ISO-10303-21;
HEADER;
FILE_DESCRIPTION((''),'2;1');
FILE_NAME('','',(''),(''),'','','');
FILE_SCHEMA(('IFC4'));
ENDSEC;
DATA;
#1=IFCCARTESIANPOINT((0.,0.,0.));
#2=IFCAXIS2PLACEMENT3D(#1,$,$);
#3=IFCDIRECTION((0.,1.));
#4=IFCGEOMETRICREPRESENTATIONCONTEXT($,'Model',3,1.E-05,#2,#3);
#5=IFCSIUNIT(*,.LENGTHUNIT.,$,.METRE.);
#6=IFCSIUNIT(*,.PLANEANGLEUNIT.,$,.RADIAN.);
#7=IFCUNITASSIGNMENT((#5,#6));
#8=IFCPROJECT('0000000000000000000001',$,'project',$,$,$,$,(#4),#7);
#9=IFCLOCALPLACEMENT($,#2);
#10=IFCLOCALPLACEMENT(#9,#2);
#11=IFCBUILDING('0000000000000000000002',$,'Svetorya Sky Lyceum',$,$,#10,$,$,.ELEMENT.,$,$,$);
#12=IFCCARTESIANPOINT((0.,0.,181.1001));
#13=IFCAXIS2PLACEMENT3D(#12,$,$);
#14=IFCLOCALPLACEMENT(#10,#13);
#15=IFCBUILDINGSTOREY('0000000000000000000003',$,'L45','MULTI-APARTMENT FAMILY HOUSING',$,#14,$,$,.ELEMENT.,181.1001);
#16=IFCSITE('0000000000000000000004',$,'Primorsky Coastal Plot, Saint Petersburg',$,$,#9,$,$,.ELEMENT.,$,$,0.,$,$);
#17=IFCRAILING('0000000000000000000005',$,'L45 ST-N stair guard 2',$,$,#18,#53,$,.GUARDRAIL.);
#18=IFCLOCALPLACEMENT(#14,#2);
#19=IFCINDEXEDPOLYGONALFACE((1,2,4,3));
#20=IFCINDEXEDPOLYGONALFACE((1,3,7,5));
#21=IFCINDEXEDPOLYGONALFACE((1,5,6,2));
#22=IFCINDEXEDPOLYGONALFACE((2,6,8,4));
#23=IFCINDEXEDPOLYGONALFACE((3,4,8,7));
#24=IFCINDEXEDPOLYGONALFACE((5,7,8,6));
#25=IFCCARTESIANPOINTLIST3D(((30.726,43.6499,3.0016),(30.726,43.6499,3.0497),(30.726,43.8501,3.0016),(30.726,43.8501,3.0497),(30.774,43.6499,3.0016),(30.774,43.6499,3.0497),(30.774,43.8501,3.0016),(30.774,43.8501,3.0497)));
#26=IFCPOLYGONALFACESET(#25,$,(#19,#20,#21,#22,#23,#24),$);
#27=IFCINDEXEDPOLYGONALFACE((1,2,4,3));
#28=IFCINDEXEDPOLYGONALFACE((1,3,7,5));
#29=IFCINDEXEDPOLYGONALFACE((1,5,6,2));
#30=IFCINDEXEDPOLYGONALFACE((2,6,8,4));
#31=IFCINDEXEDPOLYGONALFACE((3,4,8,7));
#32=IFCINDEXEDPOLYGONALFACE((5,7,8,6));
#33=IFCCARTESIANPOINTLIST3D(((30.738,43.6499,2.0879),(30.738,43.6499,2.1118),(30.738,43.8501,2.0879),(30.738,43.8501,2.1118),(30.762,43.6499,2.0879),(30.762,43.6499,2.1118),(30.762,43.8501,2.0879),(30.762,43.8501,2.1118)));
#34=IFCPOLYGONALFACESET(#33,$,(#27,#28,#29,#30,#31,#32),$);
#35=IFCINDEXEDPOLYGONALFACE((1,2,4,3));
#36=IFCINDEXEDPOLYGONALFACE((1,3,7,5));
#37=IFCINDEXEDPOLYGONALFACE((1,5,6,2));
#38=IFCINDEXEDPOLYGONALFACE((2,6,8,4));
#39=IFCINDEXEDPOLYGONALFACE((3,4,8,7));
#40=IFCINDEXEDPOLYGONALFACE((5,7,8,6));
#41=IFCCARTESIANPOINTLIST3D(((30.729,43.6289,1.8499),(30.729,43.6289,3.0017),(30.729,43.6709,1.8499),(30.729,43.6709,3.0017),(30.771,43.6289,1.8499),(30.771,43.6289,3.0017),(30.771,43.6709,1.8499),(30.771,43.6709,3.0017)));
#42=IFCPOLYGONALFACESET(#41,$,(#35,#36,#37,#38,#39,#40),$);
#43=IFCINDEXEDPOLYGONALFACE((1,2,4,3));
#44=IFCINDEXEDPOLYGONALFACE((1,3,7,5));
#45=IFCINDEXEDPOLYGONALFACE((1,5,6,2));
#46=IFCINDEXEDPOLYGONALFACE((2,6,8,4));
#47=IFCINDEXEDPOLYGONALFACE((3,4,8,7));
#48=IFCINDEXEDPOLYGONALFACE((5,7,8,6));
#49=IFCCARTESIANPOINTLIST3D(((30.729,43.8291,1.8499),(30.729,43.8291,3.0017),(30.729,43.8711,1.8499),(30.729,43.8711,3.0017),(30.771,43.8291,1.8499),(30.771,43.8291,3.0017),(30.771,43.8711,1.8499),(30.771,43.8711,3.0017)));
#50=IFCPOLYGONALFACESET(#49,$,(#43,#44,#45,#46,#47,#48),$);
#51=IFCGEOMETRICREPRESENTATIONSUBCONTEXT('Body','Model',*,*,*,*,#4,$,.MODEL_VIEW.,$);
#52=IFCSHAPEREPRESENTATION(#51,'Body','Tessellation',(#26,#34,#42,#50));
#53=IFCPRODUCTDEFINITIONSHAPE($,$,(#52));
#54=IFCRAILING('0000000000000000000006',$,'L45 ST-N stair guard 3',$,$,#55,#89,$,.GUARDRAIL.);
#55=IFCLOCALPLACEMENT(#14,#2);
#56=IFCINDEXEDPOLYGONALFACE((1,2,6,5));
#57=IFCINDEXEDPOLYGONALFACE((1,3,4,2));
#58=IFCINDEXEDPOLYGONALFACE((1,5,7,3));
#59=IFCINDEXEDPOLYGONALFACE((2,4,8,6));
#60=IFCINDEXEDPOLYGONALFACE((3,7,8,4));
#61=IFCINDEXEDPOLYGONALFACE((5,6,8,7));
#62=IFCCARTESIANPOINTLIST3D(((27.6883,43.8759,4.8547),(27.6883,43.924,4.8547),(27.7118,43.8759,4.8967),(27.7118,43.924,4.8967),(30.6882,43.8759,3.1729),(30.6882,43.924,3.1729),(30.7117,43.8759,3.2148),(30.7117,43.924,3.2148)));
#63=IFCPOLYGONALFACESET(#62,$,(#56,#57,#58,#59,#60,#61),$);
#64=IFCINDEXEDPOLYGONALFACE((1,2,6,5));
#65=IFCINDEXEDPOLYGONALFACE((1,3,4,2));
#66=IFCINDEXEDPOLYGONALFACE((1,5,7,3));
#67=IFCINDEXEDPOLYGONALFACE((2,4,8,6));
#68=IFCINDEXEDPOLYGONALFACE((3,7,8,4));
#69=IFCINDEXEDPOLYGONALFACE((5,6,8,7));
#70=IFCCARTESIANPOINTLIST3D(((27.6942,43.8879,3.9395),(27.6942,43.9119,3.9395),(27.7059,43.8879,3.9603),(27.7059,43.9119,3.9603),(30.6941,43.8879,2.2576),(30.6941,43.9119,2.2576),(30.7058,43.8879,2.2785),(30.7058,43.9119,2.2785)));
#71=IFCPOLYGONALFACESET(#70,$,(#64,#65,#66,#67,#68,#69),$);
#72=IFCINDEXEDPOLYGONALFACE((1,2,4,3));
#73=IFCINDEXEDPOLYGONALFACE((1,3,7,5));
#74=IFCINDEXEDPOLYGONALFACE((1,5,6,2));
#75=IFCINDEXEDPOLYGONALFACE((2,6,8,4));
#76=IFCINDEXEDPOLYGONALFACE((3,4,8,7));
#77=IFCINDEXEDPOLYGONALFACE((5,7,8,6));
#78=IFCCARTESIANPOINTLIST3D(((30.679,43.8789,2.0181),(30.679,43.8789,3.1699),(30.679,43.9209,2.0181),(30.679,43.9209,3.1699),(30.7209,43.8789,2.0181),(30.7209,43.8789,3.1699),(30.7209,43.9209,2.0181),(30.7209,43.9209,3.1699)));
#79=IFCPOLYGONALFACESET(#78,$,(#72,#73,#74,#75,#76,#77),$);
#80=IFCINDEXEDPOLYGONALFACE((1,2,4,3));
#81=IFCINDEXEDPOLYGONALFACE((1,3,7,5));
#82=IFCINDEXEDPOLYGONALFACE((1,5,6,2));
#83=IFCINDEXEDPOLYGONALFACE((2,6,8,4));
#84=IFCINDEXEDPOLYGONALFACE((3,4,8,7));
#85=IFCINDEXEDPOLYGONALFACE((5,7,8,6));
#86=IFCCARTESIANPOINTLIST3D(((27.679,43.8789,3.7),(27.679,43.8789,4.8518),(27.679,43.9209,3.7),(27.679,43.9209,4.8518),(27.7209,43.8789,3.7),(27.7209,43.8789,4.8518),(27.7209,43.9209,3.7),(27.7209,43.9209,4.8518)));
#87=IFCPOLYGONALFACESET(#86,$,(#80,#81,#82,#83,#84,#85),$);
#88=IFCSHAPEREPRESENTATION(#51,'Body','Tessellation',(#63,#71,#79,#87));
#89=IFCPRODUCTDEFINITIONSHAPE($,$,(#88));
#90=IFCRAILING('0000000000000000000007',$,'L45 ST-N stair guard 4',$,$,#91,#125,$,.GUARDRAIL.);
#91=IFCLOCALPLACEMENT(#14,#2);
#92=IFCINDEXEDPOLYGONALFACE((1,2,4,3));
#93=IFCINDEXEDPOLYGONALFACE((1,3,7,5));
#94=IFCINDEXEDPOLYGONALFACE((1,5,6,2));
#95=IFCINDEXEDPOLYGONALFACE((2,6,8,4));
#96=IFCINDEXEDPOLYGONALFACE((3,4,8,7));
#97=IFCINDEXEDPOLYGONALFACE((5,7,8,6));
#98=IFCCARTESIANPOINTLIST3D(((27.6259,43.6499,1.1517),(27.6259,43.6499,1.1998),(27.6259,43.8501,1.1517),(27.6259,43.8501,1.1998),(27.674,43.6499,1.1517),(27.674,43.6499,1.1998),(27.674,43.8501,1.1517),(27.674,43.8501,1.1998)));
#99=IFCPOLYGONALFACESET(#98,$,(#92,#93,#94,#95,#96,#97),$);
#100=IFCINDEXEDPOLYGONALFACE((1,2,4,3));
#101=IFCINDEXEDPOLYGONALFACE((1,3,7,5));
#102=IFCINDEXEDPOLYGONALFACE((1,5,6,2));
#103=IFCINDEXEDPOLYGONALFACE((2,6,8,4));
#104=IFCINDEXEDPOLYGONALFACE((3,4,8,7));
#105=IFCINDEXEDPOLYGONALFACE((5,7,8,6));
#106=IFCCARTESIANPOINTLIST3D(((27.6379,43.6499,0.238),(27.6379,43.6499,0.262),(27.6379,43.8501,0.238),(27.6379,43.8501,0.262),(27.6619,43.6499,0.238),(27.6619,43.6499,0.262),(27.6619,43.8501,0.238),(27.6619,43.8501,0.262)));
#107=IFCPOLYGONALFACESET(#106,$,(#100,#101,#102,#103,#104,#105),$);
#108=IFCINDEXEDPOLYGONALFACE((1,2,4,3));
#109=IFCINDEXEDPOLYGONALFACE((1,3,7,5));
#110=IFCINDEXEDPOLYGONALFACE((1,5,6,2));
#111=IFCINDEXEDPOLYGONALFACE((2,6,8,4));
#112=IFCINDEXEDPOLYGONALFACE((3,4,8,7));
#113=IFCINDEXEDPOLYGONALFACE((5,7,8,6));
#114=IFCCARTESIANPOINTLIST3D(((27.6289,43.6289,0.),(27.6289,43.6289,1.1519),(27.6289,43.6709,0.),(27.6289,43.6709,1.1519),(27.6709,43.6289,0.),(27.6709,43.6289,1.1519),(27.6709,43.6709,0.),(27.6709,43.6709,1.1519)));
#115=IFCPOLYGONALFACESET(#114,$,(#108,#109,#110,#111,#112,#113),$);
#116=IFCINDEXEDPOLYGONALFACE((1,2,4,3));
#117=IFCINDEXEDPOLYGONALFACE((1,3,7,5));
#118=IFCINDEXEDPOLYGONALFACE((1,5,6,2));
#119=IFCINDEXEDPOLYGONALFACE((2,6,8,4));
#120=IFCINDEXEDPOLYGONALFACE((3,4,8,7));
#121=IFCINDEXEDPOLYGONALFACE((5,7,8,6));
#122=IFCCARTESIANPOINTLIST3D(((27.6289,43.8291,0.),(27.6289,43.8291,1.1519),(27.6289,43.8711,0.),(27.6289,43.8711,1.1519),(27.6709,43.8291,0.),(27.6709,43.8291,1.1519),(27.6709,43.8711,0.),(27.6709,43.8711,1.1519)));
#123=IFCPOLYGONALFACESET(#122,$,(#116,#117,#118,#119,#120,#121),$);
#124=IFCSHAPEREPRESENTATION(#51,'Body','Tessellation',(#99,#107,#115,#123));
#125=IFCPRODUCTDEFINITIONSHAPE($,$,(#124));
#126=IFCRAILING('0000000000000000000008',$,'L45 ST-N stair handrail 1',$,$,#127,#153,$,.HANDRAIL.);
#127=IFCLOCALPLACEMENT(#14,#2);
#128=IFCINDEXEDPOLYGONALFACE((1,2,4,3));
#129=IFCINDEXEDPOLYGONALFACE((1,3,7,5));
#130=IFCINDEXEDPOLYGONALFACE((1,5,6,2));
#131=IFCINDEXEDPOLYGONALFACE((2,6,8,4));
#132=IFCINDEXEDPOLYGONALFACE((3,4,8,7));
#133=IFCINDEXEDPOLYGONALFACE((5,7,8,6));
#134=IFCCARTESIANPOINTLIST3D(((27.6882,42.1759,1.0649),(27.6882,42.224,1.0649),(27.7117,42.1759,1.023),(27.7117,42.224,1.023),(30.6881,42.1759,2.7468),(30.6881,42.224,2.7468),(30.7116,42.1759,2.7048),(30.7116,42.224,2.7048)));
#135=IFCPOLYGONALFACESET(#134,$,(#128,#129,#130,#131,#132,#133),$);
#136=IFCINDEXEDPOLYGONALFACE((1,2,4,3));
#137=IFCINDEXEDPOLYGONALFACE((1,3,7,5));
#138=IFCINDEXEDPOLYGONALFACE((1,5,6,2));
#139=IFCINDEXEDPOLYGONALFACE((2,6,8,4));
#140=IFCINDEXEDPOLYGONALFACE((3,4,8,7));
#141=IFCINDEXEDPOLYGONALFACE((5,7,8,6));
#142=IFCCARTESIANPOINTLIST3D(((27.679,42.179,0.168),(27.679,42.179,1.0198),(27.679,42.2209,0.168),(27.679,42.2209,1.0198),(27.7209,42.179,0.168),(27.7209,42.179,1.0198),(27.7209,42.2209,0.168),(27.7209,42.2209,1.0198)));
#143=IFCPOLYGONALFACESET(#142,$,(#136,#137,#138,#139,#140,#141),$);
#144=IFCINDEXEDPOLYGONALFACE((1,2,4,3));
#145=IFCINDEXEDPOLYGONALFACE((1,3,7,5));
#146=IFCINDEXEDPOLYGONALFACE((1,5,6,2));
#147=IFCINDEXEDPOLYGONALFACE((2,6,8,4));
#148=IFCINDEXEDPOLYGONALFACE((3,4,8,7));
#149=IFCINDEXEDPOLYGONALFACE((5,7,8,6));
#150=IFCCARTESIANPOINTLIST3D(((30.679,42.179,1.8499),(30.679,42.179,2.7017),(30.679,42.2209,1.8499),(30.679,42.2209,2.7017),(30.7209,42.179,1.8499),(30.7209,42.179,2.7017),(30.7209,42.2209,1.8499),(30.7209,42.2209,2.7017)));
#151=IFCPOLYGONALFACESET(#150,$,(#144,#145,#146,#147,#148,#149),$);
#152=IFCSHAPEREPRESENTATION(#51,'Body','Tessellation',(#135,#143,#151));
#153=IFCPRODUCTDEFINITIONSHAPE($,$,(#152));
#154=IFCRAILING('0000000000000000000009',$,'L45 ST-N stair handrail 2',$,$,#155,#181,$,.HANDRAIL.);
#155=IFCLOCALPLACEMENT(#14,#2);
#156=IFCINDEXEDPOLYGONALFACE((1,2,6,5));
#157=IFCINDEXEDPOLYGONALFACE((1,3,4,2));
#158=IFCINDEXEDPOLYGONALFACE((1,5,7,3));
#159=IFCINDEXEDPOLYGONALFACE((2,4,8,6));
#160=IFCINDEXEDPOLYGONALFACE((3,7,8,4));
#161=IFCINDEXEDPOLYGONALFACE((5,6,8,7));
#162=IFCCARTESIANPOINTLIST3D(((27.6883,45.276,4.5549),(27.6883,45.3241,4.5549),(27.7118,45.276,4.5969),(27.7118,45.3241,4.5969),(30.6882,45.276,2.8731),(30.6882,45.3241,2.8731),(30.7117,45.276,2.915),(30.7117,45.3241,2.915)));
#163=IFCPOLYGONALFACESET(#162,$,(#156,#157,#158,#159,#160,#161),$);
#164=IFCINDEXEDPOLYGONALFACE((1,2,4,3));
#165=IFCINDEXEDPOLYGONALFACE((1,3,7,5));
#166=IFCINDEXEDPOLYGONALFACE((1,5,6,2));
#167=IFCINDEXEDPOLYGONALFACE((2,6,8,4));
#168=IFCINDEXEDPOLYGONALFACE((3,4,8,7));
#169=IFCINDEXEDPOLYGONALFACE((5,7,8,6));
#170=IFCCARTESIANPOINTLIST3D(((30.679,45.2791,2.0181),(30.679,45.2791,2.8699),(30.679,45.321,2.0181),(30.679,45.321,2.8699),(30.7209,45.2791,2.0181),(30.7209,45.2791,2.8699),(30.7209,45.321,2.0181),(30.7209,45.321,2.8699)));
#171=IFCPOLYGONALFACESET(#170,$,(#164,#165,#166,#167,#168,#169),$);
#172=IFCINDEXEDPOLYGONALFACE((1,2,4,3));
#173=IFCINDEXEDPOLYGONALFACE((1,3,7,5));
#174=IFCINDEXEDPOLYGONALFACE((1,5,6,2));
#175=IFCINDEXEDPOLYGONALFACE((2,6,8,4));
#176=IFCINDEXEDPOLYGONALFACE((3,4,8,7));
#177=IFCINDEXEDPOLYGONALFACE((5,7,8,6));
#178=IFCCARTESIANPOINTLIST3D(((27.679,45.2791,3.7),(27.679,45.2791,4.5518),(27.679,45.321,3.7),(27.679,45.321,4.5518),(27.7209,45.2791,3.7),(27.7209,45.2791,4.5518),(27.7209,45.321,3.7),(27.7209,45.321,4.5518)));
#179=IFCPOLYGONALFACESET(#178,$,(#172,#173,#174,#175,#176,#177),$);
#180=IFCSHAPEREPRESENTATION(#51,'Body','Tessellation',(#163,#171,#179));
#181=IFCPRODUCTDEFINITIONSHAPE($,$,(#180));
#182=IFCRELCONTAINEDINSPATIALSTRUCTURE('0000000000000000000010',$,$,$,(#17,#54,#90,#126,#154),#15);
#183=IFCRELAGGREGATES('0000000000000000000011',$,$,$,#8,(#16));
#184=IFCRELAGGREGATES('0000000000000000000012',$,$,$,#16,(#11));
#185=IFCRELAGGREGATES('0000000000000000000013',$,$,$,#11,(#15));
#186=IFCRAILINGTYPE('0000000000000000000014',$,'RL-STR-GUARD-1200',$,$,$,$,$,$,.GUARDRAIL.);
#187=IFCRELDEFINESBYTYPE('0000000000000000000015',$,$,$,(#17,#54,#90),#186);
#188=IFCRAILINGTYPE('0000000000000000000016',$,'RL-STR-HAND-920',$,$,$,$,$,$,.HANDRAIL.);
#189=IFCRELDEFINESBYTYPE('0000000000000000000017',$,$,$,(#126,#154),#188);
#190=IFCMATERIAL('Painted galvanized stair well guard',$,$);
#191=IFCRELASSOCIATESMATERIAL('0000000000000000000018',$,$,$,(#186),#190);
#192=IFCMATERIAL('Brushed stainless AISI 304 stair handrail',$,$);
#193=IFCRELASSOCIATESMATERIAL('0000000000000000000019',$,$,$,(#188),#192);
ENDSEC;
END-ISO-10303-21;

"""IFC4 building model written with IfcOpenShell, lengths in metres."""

from ifc_helpers import new_model, si_unit, direction, frame, origin, origin_2d, place, context, subcontext, project, spatial, rectangle, extrude, material, type_object, element, save


model = new_model("IFC4")

# Units and contexts
model_context = context("Model", 3, precision=1e-05, world=origin(), true_north=direction((0.0, 1.0)))
body_context = subcontext(model_context, "Body", "Model", "MODEL_VIEW")
ifc_project = project(units=[si_unit("LENGTHUNIT", "METRE"), si_unit("PLANEANGLEUNIT", "RADIAN")], contexts=[model_context])

# Site, building, storey
site_placement = place(None, origin())
site = spatial("IfcSite", under=ifc_project, at=site_placement, Name="Primorsky Coastal Plot, Saint Petersburg", CompositionType="ELEMENT", RefElevation=0.0)
building_placement = place(site_placement, origin())
building = spatial("IfcBuilding", under=site, at=building_placement, Name="Svetorya Sky Lyceum", CompositionType="ELEMENT")
storey_placement = place(building_placement, frame((0.0, 0.0, 181.1001)))
storey = spatial("IfcBuildingStorey", under=building, at=storey_placement, Name="L45", Description="MULTI-APARTMENT FAMILY HOUSING", CompositionType="ELEMENT", Elevation=181.1001)

# Railings
ifc_material_1 = material(Name="Painted galvanized stair well guard")
railing_type_1 = type_object("IfcRailingType", Name="RL-STR-GUARD-1200", PredefinedType="GUARDRAIL", material=ifc_material_1)
railing_1_placement = place(storey_placement, frame((30.75, 43.6499, 1.8499)))
element("IfcRailing", 1, at=railing_1_placement, inside=storey, type_object=railing_type_1, Name="L45 ST-N stair guard 2", PredefinedType="GUARDRAIL", context=body_context, shape_type="SweptSolid", body=[
    extrude(rectangle(XDim=0.0481, YDim=0.0481, at=origin_2d()), frame((0.0, 0.0, 1.1758), z_axis=(0.0, 1.0, 0.0), x_axis=(-1.0, 0.0, 0.0)), (0.0, 0.0, 1.0), 0.2002),
    extrude(rectangle(XDim=0.0239, YDim=0.0239, at=origin_2d()), frame((0.0, 0.0, 0.25), z_axis=(0.0, 1.0, 0.0), x_axis=(-1.0, 0.0, 0.0)), (0.0, 0.0, 1.0), 0.2002),
    extrude(rectangle(XDim=0.042, YDim=0.042, at=origin_2d()), origin(), (0.0, 0.0, 1.0), 1.1519),
    extrude(rectangle(XDim=0.042, YDim=0.042, at=origin_2d()), frame((0.0, 0.2002, 0.0)), (0.0, 0.0, 1.0), 1.1519),
])
railing_2_placement = place(storey_placement, frame((30.7, 43.8999, 2.0181)))
element("IfcRailing", 2, at=railing_2_placement, inside=storey, type_object=railing_type_1, Name="L45 ST-N stair guard 3", PredefinedType="GUARDRAIL", context=body_context, shape_type="SweptSolid", body=[
    extrude(rectangle(XDim=0.0481, YDim=0.0481, at=origin_2d()), frame((0.0, 0.0, 1.1758), z_axis=(-0.872272, 0.0, 0.48902), x_axis=(0.0, -1.0, 0.0)), (0.0, 0.0, 1.0), 3.4392),
    extrude(rectangle(XDim=0.0239, YDim=0.0239, at=origin_2d()), frame((0.0, 0.0, 0.25), z_axis=(-0.872272, 0.0, 0.48902), x_axis=(0.0, -1.0, 0.0)), (0.0, 0.0, 1.0), 3.4392),
    extrude(rectangle(XDim=0.042, YDim=0.042, at=origin_2d()), origin(), (0.0, 0.0, 1.0), 1.1519),
    extrude(rectangle(XDim=0.042, YDim=0.042, at=origin_2d()), frame((-3.0, 0.0, 1.6819)), (0.0, 0.0, 1.0), 1.1519),
])
railing_3_placement = place(storey_placement, frame((27.6499, 43.6499, 0.0)))
element("IfcRailing", 3, at=railing_3_placement, inside=storey, type_object=railing_type_1, Name="L45 ST-N stair guard 4", PredefinedType="GUARDRAIL", context=body_context, shape_type="SweptSolid", body=[
    extrude(rectangle(XDim=0.0481, YDim=0.0481, at=origin_2d()), frame((0.0, 0.0, 1.1758), z_axis=(0.0, 1.0, 0.0), x_axis=(-1.0, 0.0, 0.0)), (0.0, 0.0, 1.0), 0.2002),
    extrude(rectangle(XDim=0.0239, YDim=0.0239, at=origin_2d()), frame((0.0, 0.0, 0.25), z_axis=(0.0, 1.0, 0.0), x_axis=(-1.0, 0.0, 0.0)), (0.0, 0.0, 1.0), 0.2002),
    extrude(rectangle(XDim=0.042, YDim=0.042, at=origin_2d()), origin(), (0.0, 0.0, 1.0), 1.1519),
    extrude(rectangle(XDim=0.042, YDim=0.042, at=origin_2d()), frame((0.0, 0.2002, 0.0)), (0.0, 0.0, 1.0), 1.1519),
])
ifc_material_2 = material(Name="Brushed stainless AISI 304 stair handrail")
railing_type_2 = type_object("IfcRailingType", Name="RL-STR-HAND-920", PredefinedType="HANDRAIL", material=ifc_material_2)
railing_4_placement = place(storey_placement, frame((27.7, 42.2, 0.168)))
element("IfcRailing", 4, at=railing_4_placement, inside=storey, type_object=railing_type_2, Name="L45 ST-N stair handrail 1", PredefinedType="HANDRAIL", context=body_context, shape_type="SweptSolid", body=[
    extrude(rectangle(XDim=0.0481, YDim=0.0481, at=origin_2d()), frame((0.0, 0.0, 0.876), z_axis=(0.872272, 0.0, 0.48902), x_axis=(0.0, 1.0, 0.0)), (0.0, 0.0, 1.0), 3.4392),
    extrude(rectangle(XDim=0.042, YDim=0.042, at=origin_2d()), origin(), (0.0, 0.0, 1.0), 0.8518),
    extrude(rectangle(XDim=0.042, YDim=0.042, at=origin_2d()), frame((3.0, 0.0, 1.6819)), (0.0, 0.0, 1.0), 0.8518),
])
railing_5_placement = place(storey_placement, frame((30.7, 45.3, 2.0181)))
element("IfcRailing", 5, at=railing_5_placement, inside=storey, type_object=railing_type_2, Name="L45 ST-N stair handrail 2", PredefinedType="HANDRAIL", context=body_context, shape_type="SweptSolid", body=[
    extrude(rectangle(XDim=0.0481, YDim=0.0481, at=origin_2d()), frame((0.0, 0.0, 0.876), z_axis=(-0.872272, 0.0, 0.48902), x_axis=(0.0, -1.0, 0.0)), (0.0, 0.0, 1.0), 3.4392),
    extrude(rectangle(XDim=0.042, YDim=0.042, at=origin_2d()), origin(), (0.0, 0.0, 1.0), 0.8518),
    extrude(rectangle(XDim=0.042, YDim=0.042, at=origin_2d()), frame((-3.0, 0.0, 1.6819)), (0.0, 0.0, 1.0), 0.8518),
])

save(model, "model.ifc")
